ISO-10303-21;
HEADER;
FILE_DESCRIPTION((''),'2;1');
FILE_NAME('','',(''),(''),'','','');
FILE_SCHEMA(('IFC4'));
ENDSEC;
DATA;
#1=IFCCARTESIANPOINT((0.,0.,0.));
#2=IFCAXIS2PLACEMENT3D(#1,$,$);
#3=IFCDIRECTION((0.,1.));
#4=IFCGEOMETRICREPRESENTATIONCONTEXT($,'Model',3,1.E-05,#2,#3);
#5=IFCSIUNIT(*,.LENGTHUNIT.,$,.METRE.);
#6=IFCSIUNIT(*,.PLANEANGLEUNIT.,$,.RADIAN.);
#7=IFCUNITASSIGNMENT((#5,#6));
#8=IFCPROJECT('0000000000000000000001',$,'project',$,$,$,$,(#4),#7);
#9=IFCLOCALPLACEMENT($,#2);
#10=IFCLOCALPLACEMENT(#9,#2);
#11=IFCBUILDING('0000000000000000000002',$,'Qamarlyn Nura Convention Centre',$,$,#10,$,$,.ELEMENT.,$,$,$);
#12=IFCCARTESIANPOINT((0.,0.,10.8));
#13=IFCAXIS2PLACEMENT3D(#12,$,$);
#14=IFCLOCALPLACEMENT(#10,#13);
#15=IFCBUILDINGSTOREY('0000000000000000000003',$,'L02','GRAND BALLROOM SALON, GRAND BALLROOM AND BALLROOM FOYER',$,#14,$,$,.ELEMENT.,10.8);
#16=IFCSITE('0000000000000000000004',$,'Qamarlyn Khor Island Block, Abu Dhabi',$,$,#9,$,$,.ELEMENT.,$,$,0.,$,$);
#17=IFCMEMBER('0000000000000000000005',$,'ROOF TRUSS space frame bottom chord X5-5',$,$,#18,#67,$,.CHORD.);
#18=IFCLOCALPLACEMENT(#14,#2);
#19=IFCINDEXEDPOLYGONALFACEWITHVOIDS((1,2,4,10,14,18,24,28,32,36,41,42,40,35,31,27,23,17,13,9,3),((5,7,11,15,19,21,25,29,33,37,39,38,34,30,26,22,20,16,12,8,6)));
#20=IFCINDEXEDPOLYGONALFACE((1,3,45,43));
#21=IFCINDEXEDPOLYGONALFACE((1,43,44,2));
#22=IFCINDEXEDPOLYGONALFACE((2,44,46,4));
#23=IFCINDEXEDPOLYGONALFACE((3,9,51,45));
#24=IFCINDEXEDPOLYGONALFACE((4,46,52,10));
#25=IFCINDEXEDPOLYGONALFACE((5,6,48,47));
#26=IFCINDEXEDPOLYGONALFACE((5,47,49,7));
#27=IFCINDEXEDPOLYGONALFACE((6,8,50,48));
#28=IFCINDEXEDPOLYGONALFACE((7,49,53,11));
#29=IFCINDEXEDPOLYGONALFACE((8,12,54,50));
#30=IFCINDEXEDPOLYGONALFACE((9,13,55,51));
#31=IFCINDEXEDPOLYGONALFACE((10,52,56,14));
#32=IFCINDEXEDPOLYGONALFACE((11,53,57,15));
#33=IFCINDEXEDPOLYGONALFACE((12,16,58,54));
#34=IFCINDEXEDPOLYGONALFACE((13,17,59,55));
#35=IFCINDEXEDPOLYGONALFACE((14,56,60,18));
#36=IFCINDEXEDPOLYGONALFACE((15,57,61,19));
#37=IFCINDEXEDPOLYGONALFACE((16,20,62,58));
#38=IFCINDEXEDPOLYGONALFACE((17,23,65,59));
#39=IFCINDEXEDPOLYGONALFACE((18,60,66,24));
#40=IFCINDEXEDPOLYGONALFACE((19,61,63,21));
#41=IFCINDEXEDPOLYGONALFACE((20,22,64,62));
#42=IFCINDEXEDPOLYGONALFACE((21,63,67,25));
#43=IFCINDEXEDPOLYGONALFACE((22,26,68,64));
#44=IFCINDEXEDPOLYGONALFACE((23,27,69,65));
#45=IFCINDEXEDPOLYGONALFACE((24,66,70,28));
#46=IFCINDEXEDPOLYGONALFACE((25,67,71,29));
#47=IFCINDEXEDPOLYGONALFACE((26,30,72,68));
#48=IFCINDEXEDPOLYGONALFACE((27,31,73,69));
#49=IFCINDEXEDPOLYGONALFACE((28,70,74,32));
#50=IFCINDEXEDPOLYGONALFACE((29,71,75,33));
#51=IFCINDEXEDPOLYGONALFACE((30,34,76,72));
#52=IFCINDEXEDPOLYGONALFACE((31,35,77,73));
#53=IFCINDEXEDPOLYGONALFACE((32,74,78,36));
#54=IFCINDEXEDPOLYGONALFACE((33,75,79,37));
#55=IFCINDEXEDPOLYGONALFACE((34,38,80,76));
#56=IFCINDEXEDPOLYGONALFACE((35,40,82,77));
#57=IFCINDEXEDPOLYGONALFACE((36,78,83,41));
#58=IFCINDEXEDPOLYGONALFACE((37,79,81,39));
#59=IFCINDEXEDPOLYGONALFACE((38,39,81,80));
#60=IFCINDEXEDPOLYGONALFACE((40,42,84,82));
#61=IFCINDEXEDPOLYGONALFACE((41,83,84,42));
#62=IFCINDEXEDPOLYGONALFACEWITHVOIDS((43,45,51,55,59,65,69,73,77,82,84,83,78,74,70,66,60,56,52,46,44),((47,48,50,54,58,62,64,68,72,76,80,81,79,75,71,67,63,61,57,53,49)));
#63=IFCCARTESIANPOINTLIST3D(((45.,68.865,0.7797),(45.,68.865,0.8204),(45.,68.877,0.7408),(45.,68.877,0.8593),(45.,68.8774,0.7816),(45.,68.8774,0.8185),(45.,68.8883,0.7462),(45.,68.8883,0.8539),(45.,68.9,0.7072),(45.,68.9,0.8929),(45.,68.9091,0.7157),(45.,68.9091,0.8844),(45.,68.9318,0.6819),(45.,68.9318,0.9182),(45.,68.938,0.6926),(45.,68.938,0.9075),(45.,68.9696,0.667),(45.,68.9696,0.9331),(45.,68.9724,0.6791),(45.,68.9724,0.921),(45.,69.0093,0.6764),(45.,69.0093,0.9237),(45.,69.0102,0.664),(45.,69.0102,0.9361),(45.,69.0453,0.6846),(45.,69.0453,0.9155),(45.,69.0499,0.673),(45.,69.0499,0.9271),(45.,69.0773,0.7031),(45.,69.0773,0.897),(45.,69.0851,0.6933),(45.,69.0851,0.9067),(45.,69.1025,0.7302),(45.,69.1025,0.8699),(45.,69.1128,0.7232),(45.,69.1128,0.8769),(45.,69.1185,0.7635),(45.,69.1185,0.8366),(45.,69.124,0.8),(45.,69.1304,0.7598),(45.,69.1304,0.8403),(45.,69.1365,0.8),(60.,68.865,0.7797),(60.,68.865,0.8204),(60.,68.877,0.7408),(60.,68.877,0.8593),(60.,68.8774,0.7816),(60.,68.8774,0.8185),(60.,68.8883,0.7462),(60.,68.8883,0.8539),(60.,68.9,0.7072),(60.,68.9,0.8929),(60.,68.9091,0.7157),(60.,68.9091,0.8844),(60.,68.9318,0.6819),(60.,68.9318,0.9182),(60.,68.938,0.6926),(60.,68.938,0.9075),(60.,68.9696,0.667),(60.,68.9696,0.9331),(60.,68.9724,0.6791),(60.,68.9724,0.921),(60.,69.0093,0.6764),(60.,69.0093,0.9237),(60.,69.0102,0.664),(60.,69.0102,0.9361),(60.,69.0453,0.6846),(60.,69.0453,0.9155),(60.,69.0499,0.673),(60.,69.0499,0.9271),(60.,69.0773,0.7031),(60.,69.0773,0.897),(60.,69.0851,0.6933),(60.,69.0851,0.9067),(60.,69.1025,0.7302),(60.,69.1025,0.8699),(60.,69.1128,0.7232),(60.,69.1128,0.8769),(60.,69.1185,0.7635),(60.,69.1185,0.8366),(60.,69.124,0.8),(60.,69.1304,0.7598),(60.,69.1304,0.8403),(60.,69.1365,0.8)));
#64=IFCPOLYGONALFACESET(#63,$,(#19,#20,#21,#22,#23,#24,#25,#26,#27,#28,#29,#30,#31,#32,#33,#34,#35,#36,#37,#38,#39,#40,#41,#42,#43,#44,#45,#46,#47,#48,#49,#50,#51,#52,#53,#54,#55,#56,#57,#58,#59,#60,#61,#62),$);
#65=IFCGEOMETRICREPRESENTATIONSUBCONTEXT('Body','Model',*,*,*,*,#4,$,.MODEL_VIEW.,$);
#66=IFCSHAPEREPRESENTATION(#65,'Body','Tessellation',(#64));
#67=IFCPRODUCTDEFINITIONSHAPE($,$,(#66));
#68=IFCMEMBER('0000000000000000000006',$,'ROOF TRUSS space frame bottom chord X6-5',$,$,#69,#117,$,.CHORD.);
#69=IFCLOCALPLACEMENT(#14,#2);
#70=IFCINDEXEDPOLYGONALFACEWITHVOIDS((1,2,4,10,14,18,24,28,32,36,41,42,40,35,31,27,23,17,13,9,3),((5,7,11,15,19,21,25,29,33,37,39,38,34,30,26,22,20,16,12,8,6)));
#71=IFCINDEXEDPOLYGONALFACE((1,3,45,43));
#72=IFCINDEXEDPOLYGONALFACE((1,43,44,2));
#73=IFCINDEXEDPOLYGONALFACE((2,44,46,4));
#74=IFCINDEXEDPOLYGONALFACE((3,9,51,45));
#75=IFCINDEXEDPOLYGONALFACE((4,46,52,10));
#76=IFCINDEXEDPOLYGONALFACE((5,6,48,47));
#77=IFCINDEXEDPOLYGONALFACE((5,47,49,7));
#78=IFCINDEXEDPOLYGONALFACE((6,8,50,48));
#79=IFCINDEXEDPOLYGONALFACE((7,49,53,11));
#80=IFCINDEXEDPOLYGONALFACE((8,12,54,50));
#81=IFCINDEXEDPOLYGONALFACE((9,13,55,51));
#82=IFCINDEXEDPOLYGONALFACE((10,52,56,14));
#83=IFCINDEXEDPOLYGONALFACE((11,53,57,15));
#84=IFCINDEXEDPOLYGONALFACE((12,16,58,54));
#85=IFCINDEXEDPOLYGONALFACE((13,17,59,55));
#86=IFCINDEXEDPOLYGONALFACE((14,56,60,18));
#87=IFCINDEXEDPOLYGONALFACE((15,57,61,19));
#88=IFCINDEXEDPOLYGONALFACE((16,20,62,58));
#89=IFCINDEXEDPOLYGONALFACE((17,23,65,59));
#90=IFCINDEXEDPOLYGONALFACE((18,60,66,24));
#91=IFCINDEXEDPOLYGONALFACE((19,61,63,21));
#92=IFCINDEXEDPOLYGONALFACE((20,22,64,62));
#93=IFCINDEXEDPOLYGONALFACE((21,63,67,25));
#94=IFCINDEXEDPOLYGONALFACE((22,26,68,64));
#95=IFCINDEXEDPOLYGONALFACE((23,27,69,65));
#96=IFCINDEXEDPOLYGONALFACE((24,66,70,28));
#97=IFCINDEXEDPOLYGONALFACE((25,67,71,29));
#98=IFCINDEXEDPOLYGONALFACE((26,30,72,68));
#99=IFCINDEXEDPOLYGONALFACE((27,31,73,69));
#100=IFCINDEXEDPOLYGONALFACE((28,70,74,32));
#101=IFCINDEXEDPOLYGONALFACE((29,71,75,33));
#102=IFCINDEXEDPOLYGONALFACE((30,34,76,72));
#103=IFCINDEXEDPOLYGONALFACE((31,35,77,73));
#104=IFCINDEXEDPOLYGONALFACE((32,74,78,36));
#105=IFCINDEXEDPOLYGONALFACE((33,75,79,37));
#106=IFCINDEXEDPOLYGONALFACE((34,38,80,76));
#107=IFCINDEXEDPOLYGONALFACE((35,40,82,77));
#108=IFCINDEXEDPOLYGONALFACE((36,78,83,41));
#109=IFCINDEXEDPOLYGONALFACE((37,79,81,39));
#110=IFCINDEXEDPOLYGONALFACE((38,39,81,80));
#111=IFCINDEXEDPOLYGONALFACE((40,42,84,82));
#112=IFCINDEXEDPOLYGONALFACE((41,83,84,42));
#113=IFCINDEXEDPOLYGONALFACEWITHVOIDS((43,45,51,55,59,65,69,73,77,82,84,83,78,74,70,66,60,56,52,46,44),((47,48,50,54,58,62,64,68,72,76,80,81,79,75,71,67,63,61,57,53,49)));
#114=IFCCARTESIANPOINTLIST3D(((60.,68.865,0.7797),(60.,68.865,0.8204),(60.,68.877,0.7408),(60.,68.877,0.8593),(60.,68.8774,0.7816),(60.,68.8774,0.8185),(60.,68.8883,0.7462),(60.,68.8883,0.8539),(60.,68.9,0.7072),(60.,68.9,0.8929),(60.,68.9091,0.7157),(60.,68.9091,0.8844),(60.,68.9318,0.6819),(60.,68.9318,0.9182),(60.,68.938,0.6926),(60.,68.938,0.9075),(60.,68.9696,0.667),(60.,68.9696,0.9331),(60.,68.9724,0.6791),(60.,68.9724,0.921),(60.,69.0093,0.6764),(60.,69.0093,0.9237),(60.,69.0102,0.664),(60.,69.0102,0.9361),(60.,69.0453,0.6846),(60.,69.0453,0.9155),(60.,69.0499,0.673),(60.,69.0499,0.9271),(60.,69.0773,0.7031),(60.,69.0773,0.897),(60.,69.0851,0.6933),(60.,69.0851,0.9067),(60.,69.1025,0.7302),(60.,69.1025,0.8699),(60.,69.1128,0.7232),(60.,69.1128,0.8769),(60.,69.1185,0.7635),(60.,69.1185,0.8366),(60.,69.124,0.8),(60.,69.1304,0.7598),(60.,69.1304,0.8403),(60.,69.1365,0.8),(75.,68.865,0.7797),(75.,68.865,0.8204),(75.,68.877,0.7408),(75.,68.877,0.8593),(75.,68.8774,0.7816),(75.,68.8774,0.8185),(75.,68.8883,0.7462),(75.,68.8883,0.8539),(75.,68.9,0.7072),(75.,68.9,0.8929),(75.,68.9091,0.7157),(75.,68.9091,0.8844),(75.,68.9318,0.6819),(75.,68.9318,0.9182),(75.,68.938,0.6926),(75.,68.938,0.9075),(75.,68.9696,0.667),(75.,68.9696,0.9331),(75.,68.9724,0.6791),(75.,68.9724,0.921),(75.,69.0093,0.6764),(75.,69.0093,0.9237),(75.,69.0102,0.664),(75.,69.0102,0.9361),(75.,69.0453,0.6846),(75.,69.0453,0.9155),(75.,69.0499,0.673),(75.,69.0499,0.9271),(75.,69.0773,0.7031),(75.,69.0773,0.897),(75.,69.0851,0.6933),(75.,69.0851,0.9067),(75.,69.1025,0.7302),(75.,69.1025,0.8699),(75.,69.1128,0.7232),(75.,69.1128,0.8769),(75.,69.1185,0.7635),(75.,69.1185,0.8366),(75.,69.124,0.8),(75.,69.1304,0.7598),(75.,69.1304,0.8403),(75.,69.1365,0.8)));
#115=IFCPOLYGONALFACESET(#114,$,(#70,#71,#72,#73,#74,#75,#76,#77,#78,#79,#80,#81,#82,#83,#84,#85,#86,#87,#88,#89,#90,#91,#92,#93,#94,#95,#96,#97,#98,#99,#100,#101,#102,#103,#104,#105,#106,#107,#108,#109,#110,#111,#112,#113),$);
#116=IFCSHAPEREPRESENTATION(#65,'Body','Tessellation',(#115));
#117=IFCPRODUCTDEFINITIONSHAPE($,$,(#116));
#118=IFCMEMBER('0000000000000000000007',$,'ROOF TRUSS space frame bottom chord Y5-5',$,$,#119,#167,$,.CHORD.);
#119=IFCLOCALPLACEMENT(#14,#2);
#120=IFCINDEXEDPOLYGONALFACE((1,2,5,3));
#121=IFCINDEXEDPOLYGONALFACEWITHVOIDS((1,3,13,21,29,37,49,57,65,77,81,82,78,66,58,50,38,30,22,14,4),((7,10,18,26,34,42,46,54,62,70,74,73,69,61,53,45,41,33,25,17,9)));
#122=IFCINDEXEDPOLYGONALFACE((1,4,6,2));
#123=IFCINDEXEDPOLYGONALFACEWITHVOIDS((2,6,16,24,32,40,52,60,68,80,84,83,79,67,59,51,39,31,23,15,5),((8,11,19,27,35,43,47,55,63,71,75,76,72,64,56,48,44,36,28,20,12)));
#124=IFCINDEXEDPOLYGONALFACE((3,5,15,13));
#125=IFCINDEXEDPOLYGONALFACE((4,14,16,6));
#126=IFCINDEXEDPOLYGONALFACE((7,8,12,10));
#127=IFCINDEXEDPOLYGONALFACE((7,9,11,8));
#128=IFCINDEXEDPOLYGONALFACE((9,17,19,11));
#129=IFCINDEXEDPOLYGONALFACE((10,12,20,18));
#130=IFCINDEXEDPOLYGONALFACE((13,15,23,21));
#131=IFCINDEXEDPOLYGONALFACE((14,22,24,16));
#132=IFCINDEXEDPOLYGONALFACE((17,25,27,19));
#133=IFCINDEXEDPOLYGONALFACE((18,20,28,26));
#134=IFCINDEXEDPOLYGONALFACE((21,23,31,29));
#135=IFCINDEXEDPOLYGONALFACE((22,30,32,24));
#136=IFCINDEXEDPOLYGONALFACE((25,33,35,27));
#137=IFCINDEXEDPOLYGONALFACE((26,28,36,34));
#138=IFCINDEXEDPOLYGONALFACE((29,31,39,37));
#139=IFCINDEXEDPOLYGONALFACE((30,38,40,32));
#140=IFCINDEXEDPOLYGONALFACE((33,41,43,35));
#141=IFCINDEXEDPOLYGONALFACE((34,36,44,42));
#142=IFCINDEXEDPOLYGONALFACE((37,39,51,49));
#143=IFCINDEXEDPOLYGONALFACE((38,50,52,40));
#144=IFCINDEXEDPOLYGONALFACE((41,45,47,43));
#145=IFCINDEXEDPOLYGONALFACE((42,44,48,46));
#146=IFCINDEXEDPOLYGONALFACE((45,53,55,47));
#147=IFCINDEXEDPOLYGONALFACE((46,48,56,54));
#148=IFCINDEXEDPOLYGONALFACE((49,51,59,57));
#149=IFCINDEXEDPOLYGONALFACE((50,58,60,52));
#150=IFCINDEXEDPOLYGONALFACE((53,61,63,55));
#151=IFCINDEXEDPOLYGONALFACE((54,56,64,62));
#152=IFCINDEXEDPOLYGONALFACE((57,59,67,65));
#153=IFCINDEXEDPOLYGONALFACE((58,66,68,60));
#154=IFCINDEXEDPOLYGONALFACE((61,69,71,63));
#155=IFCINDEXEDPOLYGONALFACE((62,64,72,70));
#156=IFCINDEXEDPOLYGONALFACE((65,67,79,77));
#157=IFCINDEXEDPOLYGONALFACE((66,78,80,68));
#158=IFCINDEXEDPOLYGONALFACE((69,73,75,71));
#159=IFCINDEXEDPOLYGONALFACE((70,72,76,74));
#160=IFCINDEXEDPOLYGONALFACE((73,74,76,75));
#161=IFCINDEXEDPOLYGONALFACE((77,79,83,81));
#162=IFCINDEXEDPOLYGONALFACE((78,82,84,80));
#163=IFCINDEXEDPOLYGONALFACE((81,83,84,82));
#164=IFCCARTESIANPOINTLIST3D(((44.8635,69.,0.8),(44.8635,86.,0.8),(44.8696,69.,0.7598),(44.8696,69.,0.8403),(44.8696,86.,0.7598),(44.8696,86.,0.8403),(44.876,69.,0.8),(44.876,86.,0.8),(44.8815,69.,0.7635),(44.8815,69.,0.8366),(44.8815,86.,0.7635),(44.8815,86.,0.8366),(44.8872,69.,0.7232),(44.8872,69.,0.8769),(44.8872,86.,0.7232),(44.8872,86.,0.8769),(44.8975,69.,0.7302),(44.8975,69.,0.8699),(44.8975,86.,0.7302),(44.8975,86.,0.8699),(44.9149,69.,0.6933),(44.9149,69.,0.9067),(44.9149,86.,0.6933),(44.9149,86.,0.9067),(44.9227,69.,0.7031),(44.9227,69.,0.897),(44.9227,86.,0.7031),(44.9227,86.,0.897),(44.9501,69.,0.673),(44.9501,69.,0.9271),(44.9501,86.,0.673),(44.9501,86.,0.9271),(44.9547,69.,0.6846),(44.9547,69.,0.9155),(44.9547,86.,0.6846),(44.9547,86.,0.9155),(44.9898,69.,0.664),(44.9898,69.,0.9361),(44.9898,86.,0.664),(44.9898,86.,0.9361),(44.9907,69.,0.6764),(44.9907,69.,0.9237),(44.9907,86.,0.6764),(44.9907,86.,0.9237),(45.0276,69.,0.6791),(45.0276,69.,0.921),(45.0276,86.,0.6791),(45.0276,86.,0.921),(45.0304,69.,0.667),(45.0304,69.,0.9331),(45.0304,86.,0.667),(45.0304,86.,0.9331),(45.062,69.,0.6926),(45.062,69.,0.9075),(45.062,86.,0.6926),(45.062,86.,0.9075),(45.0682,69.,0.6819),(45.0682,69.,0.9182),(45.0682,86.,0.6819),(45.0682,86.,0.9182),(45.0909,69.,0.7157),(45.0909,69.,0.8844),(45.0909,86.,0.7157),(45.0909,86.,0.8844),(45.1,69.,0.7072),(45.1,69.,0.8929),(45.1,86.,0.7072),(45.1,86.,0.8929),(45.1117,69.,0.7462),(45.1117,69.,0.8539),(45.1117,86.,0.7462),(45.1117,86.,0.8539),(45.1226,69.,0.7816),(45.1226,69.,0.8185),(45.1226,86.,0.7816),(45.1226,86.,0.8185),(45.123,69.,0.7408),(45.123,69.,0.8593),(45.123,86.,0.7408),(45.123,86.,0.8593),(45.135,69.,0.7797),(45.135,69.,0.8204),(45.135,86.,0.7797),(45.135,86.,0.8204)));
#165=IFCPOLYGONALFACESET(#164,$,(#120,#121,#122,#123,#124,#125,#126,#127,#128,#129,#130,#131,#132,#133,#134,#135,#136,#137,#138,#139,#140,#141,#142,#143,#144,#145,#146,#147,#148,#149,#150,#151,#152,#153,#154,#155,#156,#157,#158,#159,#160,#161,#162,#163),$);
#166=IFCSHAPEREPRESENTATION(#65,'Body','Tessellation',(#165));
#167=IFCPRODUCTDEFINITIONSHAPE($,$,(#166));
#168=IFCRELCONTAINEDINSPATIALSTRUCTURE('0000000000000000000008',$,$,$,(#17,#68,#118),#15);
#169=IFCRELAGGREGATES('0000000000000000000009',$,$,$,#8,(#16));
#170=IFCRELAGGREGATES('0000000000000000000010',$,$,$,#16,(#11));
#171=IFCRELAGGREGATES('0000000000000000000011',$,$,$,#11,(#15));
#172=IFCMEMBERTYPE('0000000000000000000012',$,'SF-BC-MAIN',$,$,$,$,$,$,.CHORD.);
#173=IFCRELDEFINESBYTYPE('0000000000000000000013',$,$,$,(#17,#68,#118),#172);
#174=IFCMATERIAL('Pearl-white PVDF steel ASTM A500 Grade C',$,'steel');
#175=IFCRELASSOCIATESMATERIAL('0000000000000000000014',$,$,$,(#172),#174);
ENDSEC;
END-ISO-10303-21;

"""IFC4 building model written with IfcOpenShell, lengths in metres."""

from ifc_helpers import new_model, si_unit, direction, frame, origin, origin_2d, place, context, subcontext, project, spatial, hollow_circle, extrude, material, material_profile, profile_set, type_object, element, save


model = new_model("IFC4")

# Units and contexts
model_context = context("Model", 3, precision=1e-05, world=origin(), true_north=direction((0.0, 1.0)))
body_context = subcontext(model_context, "Body", "Model", "MODEL_VIEW")
ifc_project = project(units=[si_unit("LENGTHUNIT", "METRE"), si_unit("PLANEANGLEUNIT", "RADIAN")], contexts=[model_context])

# Site, building, storey
site_placement = place(None, origin())
site = spatial("IfcSite", under=ifc_project, at=site_placement, Name="Qamarlyn Khor Island Block, Abu Dhabi", CompositionType="ELEMENT", RefElevation=0.0)
building_placement = place(site_placement, origin())
building = spatial("IfcBuilding", under=site, at=building_placement, Name="Qamarlyn Nura Convention Centre", CompositionType="ELEMENT")
storey_placement = place(building_placement, frame((0.0, 0.0, 10.8)))
storey = spatial("IfcBuildingStorey", under=building, at=storey_placement, Name="L02", Description="GRAND BALLROOM SALON, GRAND BALLROOM AND BALLROOM FOYER", CompositionType="ELEMENT", Elevation=10.8)

# Members
ifc_material_1 = material(Name="Pearl-white PVDF steel ASTM A500 Grade C", Category="steel")
ifc_material_profile_1 = material_profile(ifc_material_1, hollow_circle(Radius=0.1365, WallThickness=0.0125, at=origin_2d()), Name="CHS273X12.5")
ifc_profile_set_1 = profile_set([ifc_material_profile_1], Name="Pearl-white PVDF steel ASTM A500 Grade C")
member_type_1 = type_object("IfcMemberType", Name="SF-BC-MAIN", PredefinedType="CHORD", material=ifc_profile_set_1)
for number, where, z_axis, x_axis, name in (
    (1, (45.0, 69.0, 0.8), (1.0, 0.0, 0.0), (0.0, 1.0, 0.0), "ROOF TRUSS space frame bottom chord X5-5"),
    (2, (60.0, 69.0, 0.8), (1.0, 0.0, 0.0), (0.0, 1.0, 0.0), "ROOF TRUSS space frame bottom chord X6-5"),
):
    element("IfcMember", number, at=place(storey_placement, frame(where, z_axis=z_axis, x_axis=x_axis)), inside=storey, type_object=member_type_1, Name=name, PredefinedType="CHORD", context=body_context, shape_type="SweptSolid", body=[
        extrude(hollow_circle(Radius=0.1365, WallThickness=0.0125, at=origin_2d()), origin(), (0.0, 0.0, 1.0), 15.0),
    ])
for number, where, z_axis, x_axis, name in (
    (3, (45.0, 69.0, 0.8), (0.0, 1.0, 0.0), (-1.0, 0.0, 0.0), "ROOF TRUSS space frame bottom chord Y5-5"),
):
    element("IfcMember", number, at=place(storey_placement, frame(where, z_axis=z_axis, x_axis=x_axis)), inside=storey, type_object=member_type_1, Name=name, PredefinedType="CHORD", context=body_context, shape_type="SweptSolid", body=[
        extrude(hollow_circle(Radius=0.1365, WallThickness=0.0125, at=origin_2d()), origin(), (0.0, 0.0, 1.0), 17.0),
    ])

save(model, "model.ifc")
